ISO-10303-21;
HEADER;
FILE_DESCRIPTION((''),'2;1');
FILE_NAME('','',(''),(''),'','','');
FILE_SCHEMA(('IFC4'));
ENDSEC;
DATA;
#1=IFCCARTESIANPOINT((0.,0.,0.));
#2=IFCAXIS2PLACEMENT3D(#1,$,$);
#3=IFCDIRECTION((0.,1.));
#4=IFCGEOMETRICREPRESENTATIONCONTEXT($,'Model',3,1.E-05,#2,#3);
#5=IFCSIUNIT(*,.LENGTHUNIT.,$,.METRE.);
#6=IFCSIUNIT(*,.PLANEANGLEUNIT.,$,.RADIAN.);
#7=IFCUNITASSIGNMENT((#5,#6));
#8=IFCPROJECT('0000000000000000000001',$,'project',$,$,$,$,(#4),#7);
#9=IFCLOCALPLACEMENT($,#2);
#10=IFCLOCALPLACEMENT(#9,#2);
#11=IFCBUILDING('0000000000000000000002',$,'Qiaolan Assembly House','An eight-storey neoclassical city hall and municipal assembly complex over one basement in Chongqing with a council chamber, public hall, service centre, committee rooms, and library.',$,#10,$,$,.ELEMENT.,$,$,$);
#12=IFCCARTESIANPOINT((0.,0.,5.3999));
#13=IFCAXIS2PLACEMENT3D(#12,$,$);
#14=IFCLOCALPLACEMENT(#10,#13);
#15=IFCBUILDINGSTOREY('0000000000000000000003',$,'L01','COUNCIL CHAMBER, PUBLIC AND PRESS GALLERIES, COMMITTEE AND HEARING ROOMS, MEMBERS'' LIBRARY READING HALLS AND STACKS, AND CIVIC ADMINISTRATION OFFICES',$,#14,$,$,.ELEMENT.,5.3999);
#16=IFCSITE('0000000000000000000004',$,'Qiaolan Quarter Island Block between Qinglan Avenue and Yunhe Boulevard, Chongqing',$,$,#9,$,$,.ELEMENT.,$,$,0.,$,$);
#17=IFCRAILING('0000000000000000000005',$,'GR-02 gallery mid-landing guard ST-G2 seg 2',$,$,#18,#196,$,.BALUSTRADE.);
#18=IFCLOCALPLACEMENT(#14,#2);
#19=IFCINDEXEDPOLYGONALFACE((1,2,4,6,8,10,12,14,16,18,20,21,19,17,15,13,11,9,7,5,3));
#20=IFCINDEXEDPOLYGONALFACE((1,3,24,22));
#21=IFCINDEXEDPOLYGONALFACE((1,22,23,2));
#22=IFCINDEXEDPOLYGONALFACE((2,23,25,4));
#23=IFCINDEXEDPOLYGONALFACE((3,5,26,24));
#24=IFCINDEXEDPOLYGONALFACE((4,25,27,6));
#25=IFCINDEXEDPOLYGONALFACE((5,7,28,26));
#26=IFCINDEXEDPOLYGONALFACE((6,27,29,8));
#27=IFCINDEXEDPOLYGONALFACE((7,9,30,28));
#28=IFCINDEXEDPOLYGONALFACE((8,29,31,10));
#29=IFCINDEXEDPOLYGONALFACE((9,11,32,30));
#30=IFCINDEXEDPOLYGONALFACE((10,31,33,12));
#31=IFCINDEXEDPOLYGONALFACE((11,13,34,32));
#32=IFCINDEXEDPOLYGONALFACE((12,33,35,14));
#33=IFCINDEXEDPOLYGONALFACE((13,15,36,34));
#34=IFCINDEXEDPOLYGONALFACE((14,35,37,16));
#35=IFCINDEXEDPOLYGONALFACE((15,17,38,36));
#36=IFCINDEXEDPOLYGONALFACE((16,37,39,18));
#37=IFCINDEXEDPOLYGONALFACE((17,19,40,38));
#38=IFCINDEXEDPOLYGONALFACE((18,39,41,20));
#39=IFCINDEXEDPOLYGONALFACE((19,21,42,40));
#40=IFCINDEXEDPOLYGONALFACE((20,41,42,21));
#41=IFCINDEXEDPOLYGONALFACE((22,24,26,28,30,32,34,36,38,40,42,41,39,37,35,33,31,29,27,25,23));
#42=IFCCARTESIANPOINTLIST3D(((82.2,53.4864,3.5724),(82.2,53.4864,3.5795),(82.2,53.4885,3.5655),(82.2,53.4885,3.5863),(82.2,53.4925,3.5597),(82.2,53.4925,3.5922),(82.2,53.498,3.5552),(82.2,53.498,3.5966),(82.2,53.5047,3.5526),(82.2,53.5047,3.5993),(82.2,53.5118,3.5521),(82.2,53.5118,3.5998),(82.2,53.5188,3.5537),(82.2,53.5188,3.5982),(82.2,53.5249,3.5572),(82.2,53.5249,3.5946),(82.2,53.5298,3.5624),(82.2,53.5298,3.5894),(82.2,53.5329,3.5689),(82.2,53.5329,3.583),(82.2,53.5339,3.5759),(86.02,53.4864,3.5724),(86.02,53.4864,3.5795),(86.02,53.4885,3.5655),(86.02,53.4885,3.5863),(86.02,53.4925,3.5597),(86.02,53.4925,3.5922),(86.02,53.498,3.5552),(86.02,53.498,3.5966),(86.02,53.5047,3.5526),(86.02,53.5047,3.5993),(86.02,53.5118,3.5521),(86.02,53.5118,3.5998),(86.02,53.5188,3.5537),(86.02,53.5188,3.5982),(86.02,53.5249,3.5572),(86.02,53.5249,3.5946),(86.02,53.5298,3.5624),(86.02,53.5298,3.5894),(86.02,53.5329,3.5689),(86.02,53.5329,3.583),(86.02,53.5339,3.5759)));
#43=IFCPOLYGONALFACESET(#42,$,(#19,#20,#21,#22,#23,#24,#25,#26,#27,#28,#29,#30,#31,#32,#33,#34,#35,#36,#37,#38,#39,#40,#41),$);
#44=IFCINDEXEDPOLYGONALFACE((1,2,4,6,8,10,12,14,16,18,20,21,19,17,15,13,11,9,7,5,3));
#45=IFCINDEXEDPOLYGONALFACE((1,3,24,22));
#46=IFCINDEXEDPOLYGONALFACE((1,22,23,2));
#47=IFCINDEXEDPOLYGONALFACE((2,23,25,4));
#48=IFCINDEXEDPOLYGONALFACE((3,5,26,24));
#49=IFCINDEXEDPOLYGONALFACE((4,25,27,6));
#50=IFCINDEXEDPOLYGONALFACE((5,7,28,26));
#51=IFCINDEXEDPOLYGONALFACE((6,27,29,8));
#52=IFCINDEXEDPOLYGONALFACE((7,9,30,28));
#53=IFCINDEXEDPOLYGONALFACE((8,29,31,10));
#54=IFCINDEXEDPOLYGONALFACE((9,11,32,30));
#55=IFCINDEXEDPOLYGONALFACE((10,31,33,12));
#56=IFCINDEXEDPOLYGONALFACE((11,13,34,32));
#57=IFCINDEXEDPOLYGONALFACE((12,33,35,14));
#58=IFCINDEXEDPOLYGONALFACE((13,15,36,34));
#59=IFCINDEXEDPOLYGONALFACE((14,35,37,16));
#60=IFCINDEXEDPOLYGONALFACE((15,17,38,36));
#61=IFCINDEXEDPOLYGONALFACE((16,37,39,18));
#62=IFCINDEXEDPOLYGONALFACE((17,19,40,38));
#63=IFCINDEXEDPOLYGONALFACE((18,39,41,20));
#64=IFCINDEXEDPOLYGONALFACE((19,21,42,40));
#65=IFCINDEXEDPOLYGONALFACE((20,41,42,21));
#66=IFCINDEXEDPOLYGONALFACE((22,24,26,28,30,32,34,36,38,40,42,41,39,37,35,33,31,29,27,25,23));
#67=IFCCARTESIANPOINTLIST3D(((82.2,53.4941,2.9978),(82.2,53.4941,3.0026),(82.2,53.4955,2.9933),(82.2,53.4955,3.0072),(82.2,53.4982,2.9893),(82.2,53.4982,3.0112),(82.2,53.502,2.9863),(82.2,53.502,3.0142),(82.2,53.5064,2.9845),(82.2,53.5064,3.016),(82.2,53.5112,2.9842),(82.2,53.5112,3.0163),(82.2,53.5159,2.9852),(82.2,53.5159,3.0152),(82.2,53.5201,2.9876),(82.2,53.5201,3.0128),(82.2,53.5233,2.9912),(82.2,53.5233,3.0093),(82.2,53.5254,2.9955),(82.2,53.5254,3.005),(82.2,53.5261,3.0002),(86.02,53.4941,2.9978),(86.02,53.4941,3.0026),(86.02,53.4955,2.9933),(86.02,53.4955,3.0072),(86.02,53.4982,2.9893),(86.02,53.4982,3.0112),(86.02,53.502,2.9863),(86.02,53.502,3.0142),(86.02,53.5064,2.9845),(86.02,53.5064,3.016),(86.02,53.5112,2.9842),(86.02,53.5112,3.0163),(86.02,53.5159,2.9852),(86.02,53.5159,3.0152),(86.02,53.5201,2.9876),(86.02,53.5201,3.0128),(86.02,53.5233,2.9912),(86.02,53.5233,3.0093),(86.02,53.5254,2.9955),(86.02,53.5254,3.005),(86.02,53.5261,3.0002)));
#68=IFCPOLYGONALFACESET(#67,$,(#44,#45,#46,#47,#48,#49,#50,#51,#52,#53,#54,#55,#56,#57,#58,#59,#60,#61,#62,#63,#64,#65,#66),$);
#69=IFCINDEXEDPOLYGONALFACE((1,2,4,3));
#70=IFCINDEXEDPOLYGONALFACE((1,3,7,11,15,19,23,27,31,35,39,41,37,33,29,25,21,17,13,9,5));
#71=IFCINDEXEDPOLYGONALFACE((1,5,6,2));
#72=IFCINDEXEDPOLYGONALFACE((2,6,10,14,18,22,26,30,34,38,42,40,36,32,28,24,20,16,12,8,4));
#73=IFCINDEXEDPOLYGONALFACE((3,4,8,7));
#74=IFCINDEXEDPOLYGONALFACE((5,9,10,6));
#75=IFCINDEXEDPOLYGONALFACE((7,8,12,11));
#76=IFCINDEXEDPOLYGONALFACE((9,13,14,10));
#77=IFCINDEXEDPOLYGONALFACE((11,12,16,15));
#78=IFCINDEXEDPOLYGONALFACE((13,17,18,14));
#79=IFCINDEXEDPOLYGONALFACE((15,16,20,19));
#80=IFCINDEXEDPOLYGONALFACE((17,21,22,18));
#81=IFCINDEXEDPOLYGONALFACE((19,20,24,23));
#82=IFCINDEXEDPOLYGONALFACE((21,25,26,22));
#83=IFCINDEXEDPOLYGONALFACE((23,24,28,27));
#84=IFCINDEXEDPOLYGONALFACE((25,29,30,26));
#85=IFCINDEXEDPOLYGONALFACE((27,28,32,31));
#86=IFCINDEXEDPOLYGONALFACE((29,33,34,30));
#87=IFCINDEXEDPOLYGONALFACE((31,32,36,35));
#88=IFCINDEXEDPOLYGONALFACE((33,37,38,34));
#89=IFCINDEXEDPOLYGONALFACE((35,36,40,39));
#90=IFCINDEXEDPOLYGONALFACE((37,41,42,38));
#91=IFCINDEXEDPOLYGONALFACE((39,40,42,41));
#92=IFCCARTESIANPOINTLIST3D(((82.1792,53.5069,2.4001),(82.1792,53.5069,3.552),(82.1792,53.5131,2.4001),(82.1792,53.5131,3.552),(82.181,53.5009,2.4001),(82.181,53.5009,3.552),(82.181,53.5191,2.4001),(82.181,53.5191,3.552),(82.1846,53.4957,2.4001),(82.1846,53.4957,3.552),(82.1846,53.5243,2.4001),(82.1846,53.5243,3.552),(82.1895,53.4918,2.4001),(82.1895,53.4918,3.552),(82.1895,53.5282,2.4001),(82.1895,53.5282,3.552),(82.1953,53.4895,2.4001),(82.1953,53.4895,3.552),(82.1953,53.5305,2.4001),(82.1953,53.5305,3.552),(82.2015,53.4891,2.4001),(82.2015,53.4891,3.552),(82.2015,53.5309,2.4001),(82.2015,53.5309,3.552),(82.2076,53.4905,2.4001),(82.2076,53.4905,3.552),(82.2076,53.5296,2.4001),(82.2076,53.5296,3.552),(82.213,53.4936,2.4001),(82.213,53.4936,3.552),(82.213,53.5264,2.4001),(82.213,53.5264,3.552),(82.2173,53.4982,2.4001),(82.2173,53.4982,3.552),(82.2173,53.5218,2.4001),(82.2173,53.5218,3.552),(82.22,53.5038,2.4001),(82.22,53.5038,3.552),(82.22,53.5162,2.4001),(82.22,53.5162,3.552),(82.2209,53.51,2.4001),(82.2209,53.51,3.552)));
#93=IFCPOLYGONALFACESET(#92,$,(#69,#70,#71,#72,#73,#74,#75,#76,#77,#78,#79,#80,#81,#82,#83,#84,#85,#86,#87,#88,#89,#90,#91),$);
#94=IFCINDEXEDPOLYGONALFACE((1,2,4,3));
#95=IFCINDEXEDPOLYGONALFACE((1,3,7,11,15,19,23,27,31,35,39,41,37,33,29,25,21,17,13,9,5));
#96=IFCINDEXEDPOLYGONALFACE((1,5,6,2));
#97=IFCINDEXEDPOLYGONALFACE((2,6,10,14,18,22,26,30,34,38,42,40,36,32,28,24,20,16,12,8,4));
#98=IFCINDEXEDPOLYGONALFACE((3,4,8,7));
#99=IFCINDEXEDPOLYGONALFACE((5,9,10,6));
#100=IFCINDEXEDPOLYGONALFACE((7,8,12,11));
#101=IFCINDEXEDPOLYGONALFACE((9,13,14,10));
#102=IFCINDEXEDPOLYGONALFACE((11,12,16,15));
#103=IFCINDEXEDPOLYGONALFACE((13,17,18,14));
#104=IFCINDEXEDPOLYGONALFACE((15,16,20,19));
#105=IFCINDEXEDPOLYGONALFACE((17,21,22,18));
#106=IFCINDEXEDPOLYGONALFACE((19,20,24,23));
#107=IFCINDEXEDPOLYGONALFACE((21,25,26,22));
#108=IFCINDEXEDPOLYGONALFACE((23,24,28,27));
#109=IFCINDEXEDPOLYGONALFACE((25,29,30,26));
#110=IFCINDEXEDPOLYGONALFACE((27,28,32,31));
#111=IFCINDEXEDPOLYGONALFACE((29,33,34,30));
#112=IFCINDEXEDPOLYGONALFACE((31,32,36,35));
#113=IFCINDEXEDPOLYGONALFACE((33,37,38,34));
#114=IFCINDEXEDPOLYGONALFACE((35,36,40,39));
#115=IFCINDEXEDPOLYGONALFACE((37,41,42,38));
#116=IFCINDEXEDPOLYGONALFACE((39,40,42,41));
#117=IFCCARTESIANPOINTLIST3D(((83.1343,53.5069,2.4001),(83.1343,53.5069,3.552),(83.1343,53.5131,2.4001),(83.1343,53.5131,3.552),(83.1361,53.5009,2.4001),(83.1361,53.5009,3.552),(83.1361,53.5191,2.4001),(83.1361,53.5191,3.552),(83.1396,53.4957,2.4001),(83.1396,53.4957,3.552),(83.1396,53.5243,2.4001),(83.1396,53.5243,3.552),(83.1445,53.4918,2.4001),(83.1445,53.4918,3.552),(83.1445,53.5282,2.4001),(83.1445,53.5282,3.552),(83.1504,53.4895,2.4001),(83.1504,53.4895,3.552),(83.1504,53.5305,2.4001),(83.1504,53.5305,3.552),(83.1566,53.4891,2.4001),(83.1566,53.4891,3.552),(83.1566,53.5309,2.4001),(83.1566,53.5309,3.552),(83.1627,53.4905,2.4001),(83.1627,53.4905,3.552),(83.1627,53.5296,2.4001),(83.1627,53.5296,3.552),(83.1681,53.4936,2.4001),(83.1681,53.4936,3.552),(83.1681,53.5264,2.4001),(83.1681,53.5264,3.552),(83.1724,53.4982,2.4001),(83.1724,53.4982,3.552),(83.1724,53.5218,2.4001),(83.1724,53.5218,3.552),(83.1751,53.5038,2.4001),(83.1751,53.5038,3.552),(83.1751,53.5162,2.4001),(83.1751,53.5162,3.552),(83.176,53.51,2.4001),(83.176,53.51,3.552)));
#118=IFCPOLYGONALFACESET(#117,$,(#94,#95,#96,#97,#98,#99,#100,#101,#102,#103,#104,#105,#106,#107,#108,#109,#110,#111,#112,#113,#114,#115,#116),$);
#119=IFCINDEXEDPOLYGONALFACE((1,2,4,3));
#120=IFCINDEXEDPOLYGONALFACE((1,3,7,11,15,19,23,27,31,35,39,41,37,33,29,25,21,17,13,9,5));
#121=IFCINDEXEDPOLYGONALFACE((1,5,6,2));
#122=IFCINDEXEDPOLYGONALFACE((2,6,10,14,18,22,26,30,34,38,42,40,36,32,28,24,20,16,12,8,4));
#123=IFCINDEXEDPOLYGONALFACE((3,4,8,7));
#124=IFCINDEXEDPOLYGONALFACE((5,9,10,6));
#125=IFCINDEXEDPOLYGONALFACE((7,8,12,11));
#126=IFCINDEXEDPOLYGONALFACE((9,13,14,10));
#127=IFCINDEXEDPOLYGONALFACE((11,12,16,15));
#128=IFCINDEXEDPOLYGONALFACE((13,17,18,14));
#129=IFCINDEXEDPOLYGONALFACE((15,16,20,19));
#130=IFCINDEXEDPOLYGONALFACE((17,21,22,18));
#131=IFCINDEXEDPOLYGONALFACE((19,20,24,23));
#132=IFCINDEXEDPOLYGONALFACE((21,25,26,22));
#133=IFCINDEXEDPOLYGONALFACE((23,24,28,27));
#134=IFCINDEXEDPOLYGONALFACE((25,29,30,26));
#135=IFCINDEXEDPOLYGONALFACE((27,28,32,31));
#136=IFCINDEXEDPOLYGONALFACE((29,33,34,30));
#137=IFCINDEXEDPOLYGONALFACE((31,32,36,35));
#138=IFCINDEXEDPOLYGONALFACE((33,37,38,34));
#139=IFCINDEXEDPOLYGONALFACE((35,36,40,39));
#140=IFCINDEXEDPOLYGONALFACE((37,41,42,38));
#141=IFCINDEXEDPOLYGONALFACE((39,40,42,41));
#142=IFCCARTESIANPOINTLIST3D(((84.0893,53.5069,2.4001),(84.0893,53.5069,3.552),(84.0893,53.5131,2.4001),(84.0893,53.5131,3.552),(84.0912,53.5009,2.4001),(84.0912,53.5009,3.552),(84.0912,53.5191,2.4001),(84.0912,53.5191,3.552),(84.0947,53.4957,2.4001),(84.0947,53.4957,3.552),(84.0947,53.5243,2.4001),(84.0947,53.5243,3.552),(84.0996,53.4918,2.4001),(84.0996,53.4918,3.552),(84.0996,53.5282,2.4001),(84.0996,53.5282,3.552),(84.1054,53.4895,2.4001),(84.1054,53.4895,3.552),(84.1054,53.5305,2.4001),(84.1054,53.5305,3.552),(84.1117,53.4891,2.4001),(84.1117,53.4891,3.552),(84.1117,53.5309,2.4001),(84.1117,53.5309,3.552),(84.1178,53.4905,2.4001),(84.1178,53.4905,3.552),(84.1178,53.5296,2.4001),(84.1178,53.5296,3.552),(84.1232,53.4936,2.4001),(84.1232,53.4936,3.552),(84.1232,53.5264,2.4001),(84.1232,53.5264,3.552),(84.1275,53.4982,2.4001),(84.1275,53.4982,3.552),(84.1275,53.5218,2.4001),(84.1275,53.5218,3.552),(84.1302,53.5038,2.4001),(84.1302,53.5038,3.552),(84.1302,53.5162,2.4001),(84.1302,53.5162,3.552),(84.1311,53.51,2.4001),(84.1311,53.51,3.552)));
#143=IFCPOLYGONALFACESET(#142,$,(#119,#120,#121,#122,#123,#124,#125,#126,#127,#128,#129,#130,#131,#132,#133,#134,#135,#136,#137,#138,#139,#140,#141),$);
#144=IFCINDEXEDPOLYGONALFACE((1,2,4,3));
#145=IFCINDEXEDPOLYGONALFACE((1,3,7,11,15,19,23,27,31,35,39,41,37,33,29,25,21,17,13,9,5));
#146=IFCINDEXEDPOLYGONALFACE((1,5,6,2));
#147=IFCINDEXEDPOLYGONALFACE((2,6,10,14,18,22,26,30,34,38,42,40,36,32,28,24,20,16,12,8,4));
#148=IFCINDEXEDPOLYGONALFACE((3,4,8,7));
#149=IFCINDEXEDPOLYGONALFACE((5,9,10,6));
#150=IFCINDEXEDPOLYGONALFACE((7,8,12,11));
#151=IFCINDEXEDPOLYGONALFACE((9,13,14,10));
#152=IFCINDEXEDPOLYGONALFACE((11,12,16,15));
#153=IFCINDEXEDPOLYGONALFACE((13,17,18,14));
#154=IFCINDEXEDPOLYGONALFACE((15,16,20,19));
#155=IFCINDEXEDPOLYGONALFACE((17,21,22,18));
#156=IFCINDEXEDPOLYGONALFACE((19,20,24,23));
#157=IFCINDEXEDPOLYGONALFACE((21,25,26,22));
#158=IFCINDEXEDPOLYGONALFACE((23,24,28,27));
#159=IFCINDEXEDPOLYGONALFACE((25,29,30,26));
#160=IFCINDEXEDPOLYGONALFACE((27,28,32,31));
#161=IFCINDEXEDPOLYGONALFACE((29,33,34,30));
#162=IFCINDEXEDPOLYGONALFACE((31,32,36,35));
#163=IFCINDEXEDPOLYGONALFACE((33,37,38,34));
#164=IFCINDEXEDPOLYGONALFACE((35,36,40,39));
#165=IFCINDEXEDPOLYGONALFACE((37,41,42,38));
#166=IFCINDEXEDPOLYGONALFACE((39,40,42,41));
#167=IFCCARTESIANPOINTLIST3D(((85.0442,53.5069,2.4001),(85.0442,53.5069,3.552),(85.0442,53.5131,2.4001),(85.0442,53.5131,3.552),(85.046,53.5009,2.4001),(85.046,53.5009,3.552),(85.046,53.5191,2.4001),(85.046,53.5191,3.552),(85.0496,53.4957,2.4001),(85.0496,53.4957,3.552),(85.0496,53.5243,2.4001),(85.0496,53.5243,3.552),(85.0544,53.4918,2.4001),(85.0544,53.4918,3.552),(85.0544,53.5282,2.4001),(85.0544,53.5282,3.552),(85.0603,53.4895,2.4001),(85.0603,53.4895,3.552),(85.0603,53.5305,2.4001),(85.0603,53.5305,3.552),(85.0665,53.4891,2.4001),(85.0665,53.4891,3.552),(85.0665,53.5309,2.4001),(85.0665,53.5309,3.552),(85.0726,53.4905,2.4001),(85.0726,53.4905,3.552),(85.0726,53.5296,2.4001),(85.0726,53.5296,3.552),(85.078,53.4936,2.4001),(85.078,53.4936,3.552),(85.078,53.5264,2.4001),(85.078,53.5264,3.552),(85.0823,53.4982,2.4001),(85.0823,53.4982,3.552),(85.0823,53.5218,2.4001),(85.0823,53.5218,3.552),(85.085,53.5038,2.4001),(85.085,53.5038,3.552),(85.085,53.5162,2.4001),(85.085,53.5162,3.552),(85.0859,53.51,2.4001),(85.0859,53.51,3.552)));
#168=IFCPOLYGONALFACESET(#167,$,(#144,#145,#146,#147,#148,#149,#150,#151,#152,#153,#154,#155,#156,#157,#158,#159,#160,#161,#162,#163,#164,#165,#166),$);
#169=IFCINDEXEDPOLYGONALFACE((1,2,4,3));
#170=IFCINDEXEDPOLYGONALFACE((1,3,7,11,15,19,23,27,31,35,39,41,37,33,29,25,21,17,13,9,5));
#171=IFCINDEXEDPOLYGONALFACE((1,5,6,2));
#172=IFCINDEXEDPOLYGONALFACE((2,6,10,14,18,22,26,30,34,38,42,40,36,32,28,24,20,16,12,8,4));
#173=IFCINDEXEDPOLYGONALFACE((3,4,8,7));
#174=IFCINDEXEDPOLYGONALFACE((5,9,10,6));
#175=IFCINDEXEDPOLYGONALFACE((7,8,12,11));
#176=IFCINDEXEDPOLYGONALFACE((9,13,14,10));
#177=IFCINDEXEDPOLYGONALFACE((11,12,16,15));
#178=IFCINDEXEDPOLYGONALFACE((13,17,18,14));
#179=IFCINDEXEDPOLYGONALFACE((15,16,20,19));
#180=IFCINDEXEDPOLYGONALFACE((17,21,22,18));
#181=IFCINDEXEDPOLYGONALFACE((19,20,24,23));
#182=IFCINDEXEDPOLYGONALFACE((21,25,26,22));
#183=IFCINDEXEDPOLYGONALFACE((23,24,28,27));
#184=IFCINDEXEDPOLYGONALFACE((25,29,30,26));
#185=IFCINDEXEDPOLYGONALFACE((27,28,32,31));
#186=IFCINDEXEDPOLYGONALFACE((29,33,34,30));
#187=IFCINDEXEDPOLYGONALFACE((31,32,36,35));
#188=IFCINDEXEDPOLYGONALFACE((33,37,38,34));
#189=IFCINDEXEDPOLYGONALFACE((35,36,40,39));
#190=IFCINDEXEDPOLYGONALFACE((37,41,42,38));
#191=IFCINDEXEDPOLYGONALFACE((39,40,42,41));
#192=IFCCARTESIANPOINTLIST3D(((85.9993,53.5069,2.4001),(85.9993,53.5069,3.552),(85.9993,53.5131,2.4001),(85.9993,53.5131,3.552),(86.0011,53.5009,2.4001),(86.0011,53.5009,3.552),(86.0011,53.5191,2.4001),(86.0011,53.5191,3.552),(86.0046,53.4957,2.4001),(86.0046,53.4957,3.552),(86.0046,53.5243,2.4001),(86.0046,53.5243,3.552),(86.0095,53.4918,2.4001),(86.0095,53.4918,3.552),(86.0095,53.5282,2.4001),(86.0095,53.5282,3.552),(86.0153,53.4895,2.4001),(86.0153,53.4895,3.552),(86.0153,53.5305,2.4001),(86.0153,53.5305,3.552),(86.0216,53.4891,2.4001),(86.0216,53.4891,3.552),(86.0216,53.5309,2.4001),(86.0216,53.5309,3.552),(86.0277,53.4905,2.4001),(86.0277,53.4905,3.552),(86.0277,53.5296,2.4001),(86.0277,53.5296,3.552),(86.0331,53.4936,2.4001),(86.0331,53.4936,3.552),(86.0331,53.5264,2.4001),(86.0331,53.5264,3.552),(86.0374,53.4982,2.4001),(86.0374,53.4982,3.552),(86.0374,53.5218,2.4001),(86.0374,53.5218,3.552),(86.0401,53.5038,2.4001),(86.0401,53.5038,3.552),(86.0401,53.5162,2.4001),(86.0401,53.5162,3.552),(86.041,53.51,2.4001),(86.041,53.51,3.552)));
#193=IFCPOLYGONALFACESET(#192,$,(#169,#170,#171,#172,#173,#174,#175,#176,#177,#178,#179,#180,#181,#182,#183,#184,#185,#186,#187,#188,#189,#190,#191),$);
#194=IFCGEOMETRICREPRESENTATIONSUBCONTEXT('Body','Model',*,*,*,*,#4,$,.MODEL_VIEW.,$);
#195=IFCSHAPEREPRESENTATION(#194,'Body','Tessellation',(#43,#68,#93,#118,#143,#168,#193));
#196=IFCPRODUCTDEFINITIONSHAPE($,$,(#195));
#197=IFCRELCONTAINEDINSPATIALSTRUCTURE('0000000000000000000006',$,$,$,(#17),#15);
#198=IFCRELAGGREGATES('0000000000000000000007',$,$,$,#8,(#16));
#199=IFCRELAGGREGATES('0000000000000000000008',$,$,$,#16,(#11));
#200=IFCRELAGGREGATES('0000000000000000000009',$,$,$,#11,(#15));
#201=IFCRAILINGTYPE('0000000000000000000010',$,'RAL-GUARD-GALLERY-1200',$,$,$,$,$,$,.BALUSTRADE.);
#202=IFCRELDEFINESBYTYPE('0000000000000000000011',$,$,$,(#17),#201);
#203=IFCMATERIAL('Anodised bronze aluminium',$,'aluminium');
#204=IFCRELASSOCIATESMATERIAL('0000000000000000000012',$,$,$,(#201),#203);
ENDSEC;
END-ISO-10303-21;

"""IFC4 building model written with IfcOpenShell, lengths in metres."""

from ifc_helpers import new_model, si_unit, direction, frame, origin, origin_2d, place, context, subcontext, project, spatial, circle, extrude, material, type_object, element, save


model = new_model("IFC4")

# Units and contexts
model_context = context("Model", 3, precision=1e-05, world=origin(), true_north=direction((0.0, 1.0)))
body_context = subcontext(model_context, "Body", "Model", "MODEL_VIEW")
ifc_project = project(units=[si_unit("LENGTHUNIT", "METRE"), si_unit("PLANEANGLEUNIT", "RADIAN")], contexts=[model_context])

# Site, building, storey
site_placement = place(None, origin())
site = spatial("IfcSite", under=ifc_project, at=site_placement, Name="Qiaolan Quarter Island Block between Qinglan Avenue and Yunhe Boulevard, Chongqing", CompositionType="ELEMENT", RefElevation=0.0)
building_placement = place(site_placement, origin())
building = spatial("IfcBuilding", under=site, at=building_placement, Name="Qiaolan Assembly House", Description="An eight-storey neoclassical city hall and municipal assembly complex over one basement in Chongqing with a council chamber, public hall, service centre, committee rooms, and library.", CompositionType="ELEMENT")
storey_placement = place(building_placement, frame((0.0, 0.0, 5.3999)))
storey = spatial("IfcBuildingStorey", under=building, at=storey_placement, Name="L01", Description="COUNCIL CHAMBER, PUBLIC AND PRESS GALLERIES, COMMITTEE AND HEARING ROOMS, MEMBERS' LIBRARY READING HALLS AND STACKS, AND CIVIC ADMINISTRATION OFFICES", CompositionType="ELEMENT", Elevation=5.3999)

# Railing
ifc_material_1 = material(Name="Anodised bronze aluminium", Category="aluminium")
railing_type_1 = type_object("IfcRailingType", Name="RAL-GUARD-GALLERY-1200", PredefinedType="BALUSTRADE", material=ifc_material_1)
railing_1_placement = place(storey_placement, frame((82.2, 53.51, 2.4001)))
element("IfcRailing", 1, at=railing_1_placement, inside=storey, type_object=railing_type_1, Name="GR-02 gallery mid-landing guard ST-G2 seg 2", PredefinedType="BALUSTRADE", context=body_context, shape_type="SweptSolid", body=[
    extrude(circle(Radius=0.0239, at=origin_2d()), frame((0.0, 0.0, 1.1758), z_axis=(1.0, 0.0, 0.0), x_axis=(0.0, 1.0, 0.0)), (0.0, 0.0, 1.0), 3.8201),
    extrude(circle(Radius=0.0161, at=origin_2d()), frame((0.0, 0.0, 0.6001), z_axis=(1.0, 0.0, 0.0), x_axis=(0.0, 1.0, 0.0)), (0.0, 0.0, 1.0), 3.8201),
    extrude(circle(Radius=0.021, at=origin_2d()), origin(), (0.0, 0.0, 1.0), 1.1519),
    extrude(circle(Radius=0.021, at=origin_2d()), frame((0.9551, 0.0, 0.0)), (0.0, 0.0, 1.0), 1.1519),
    extrude(circle(Radius=0.021, at=origin_2d()), frame((1.9102, 0.0, 0.0)), (0.0, 0.0, 1.0), 1.1519),
    extrude(circle(Radius=0.021, at=origin_2d()), frame((2.865, 0.0, 0.0)), (0.0, 0.0, 1.0), 1.1519),
    extrude(circle(Radius=0.021, at=origin_2d()), frame((3.8201, 0.0, 0.0)), (0.0, 0.0, 1.0), 1.1519),
])

save(model, "model.ifc")
